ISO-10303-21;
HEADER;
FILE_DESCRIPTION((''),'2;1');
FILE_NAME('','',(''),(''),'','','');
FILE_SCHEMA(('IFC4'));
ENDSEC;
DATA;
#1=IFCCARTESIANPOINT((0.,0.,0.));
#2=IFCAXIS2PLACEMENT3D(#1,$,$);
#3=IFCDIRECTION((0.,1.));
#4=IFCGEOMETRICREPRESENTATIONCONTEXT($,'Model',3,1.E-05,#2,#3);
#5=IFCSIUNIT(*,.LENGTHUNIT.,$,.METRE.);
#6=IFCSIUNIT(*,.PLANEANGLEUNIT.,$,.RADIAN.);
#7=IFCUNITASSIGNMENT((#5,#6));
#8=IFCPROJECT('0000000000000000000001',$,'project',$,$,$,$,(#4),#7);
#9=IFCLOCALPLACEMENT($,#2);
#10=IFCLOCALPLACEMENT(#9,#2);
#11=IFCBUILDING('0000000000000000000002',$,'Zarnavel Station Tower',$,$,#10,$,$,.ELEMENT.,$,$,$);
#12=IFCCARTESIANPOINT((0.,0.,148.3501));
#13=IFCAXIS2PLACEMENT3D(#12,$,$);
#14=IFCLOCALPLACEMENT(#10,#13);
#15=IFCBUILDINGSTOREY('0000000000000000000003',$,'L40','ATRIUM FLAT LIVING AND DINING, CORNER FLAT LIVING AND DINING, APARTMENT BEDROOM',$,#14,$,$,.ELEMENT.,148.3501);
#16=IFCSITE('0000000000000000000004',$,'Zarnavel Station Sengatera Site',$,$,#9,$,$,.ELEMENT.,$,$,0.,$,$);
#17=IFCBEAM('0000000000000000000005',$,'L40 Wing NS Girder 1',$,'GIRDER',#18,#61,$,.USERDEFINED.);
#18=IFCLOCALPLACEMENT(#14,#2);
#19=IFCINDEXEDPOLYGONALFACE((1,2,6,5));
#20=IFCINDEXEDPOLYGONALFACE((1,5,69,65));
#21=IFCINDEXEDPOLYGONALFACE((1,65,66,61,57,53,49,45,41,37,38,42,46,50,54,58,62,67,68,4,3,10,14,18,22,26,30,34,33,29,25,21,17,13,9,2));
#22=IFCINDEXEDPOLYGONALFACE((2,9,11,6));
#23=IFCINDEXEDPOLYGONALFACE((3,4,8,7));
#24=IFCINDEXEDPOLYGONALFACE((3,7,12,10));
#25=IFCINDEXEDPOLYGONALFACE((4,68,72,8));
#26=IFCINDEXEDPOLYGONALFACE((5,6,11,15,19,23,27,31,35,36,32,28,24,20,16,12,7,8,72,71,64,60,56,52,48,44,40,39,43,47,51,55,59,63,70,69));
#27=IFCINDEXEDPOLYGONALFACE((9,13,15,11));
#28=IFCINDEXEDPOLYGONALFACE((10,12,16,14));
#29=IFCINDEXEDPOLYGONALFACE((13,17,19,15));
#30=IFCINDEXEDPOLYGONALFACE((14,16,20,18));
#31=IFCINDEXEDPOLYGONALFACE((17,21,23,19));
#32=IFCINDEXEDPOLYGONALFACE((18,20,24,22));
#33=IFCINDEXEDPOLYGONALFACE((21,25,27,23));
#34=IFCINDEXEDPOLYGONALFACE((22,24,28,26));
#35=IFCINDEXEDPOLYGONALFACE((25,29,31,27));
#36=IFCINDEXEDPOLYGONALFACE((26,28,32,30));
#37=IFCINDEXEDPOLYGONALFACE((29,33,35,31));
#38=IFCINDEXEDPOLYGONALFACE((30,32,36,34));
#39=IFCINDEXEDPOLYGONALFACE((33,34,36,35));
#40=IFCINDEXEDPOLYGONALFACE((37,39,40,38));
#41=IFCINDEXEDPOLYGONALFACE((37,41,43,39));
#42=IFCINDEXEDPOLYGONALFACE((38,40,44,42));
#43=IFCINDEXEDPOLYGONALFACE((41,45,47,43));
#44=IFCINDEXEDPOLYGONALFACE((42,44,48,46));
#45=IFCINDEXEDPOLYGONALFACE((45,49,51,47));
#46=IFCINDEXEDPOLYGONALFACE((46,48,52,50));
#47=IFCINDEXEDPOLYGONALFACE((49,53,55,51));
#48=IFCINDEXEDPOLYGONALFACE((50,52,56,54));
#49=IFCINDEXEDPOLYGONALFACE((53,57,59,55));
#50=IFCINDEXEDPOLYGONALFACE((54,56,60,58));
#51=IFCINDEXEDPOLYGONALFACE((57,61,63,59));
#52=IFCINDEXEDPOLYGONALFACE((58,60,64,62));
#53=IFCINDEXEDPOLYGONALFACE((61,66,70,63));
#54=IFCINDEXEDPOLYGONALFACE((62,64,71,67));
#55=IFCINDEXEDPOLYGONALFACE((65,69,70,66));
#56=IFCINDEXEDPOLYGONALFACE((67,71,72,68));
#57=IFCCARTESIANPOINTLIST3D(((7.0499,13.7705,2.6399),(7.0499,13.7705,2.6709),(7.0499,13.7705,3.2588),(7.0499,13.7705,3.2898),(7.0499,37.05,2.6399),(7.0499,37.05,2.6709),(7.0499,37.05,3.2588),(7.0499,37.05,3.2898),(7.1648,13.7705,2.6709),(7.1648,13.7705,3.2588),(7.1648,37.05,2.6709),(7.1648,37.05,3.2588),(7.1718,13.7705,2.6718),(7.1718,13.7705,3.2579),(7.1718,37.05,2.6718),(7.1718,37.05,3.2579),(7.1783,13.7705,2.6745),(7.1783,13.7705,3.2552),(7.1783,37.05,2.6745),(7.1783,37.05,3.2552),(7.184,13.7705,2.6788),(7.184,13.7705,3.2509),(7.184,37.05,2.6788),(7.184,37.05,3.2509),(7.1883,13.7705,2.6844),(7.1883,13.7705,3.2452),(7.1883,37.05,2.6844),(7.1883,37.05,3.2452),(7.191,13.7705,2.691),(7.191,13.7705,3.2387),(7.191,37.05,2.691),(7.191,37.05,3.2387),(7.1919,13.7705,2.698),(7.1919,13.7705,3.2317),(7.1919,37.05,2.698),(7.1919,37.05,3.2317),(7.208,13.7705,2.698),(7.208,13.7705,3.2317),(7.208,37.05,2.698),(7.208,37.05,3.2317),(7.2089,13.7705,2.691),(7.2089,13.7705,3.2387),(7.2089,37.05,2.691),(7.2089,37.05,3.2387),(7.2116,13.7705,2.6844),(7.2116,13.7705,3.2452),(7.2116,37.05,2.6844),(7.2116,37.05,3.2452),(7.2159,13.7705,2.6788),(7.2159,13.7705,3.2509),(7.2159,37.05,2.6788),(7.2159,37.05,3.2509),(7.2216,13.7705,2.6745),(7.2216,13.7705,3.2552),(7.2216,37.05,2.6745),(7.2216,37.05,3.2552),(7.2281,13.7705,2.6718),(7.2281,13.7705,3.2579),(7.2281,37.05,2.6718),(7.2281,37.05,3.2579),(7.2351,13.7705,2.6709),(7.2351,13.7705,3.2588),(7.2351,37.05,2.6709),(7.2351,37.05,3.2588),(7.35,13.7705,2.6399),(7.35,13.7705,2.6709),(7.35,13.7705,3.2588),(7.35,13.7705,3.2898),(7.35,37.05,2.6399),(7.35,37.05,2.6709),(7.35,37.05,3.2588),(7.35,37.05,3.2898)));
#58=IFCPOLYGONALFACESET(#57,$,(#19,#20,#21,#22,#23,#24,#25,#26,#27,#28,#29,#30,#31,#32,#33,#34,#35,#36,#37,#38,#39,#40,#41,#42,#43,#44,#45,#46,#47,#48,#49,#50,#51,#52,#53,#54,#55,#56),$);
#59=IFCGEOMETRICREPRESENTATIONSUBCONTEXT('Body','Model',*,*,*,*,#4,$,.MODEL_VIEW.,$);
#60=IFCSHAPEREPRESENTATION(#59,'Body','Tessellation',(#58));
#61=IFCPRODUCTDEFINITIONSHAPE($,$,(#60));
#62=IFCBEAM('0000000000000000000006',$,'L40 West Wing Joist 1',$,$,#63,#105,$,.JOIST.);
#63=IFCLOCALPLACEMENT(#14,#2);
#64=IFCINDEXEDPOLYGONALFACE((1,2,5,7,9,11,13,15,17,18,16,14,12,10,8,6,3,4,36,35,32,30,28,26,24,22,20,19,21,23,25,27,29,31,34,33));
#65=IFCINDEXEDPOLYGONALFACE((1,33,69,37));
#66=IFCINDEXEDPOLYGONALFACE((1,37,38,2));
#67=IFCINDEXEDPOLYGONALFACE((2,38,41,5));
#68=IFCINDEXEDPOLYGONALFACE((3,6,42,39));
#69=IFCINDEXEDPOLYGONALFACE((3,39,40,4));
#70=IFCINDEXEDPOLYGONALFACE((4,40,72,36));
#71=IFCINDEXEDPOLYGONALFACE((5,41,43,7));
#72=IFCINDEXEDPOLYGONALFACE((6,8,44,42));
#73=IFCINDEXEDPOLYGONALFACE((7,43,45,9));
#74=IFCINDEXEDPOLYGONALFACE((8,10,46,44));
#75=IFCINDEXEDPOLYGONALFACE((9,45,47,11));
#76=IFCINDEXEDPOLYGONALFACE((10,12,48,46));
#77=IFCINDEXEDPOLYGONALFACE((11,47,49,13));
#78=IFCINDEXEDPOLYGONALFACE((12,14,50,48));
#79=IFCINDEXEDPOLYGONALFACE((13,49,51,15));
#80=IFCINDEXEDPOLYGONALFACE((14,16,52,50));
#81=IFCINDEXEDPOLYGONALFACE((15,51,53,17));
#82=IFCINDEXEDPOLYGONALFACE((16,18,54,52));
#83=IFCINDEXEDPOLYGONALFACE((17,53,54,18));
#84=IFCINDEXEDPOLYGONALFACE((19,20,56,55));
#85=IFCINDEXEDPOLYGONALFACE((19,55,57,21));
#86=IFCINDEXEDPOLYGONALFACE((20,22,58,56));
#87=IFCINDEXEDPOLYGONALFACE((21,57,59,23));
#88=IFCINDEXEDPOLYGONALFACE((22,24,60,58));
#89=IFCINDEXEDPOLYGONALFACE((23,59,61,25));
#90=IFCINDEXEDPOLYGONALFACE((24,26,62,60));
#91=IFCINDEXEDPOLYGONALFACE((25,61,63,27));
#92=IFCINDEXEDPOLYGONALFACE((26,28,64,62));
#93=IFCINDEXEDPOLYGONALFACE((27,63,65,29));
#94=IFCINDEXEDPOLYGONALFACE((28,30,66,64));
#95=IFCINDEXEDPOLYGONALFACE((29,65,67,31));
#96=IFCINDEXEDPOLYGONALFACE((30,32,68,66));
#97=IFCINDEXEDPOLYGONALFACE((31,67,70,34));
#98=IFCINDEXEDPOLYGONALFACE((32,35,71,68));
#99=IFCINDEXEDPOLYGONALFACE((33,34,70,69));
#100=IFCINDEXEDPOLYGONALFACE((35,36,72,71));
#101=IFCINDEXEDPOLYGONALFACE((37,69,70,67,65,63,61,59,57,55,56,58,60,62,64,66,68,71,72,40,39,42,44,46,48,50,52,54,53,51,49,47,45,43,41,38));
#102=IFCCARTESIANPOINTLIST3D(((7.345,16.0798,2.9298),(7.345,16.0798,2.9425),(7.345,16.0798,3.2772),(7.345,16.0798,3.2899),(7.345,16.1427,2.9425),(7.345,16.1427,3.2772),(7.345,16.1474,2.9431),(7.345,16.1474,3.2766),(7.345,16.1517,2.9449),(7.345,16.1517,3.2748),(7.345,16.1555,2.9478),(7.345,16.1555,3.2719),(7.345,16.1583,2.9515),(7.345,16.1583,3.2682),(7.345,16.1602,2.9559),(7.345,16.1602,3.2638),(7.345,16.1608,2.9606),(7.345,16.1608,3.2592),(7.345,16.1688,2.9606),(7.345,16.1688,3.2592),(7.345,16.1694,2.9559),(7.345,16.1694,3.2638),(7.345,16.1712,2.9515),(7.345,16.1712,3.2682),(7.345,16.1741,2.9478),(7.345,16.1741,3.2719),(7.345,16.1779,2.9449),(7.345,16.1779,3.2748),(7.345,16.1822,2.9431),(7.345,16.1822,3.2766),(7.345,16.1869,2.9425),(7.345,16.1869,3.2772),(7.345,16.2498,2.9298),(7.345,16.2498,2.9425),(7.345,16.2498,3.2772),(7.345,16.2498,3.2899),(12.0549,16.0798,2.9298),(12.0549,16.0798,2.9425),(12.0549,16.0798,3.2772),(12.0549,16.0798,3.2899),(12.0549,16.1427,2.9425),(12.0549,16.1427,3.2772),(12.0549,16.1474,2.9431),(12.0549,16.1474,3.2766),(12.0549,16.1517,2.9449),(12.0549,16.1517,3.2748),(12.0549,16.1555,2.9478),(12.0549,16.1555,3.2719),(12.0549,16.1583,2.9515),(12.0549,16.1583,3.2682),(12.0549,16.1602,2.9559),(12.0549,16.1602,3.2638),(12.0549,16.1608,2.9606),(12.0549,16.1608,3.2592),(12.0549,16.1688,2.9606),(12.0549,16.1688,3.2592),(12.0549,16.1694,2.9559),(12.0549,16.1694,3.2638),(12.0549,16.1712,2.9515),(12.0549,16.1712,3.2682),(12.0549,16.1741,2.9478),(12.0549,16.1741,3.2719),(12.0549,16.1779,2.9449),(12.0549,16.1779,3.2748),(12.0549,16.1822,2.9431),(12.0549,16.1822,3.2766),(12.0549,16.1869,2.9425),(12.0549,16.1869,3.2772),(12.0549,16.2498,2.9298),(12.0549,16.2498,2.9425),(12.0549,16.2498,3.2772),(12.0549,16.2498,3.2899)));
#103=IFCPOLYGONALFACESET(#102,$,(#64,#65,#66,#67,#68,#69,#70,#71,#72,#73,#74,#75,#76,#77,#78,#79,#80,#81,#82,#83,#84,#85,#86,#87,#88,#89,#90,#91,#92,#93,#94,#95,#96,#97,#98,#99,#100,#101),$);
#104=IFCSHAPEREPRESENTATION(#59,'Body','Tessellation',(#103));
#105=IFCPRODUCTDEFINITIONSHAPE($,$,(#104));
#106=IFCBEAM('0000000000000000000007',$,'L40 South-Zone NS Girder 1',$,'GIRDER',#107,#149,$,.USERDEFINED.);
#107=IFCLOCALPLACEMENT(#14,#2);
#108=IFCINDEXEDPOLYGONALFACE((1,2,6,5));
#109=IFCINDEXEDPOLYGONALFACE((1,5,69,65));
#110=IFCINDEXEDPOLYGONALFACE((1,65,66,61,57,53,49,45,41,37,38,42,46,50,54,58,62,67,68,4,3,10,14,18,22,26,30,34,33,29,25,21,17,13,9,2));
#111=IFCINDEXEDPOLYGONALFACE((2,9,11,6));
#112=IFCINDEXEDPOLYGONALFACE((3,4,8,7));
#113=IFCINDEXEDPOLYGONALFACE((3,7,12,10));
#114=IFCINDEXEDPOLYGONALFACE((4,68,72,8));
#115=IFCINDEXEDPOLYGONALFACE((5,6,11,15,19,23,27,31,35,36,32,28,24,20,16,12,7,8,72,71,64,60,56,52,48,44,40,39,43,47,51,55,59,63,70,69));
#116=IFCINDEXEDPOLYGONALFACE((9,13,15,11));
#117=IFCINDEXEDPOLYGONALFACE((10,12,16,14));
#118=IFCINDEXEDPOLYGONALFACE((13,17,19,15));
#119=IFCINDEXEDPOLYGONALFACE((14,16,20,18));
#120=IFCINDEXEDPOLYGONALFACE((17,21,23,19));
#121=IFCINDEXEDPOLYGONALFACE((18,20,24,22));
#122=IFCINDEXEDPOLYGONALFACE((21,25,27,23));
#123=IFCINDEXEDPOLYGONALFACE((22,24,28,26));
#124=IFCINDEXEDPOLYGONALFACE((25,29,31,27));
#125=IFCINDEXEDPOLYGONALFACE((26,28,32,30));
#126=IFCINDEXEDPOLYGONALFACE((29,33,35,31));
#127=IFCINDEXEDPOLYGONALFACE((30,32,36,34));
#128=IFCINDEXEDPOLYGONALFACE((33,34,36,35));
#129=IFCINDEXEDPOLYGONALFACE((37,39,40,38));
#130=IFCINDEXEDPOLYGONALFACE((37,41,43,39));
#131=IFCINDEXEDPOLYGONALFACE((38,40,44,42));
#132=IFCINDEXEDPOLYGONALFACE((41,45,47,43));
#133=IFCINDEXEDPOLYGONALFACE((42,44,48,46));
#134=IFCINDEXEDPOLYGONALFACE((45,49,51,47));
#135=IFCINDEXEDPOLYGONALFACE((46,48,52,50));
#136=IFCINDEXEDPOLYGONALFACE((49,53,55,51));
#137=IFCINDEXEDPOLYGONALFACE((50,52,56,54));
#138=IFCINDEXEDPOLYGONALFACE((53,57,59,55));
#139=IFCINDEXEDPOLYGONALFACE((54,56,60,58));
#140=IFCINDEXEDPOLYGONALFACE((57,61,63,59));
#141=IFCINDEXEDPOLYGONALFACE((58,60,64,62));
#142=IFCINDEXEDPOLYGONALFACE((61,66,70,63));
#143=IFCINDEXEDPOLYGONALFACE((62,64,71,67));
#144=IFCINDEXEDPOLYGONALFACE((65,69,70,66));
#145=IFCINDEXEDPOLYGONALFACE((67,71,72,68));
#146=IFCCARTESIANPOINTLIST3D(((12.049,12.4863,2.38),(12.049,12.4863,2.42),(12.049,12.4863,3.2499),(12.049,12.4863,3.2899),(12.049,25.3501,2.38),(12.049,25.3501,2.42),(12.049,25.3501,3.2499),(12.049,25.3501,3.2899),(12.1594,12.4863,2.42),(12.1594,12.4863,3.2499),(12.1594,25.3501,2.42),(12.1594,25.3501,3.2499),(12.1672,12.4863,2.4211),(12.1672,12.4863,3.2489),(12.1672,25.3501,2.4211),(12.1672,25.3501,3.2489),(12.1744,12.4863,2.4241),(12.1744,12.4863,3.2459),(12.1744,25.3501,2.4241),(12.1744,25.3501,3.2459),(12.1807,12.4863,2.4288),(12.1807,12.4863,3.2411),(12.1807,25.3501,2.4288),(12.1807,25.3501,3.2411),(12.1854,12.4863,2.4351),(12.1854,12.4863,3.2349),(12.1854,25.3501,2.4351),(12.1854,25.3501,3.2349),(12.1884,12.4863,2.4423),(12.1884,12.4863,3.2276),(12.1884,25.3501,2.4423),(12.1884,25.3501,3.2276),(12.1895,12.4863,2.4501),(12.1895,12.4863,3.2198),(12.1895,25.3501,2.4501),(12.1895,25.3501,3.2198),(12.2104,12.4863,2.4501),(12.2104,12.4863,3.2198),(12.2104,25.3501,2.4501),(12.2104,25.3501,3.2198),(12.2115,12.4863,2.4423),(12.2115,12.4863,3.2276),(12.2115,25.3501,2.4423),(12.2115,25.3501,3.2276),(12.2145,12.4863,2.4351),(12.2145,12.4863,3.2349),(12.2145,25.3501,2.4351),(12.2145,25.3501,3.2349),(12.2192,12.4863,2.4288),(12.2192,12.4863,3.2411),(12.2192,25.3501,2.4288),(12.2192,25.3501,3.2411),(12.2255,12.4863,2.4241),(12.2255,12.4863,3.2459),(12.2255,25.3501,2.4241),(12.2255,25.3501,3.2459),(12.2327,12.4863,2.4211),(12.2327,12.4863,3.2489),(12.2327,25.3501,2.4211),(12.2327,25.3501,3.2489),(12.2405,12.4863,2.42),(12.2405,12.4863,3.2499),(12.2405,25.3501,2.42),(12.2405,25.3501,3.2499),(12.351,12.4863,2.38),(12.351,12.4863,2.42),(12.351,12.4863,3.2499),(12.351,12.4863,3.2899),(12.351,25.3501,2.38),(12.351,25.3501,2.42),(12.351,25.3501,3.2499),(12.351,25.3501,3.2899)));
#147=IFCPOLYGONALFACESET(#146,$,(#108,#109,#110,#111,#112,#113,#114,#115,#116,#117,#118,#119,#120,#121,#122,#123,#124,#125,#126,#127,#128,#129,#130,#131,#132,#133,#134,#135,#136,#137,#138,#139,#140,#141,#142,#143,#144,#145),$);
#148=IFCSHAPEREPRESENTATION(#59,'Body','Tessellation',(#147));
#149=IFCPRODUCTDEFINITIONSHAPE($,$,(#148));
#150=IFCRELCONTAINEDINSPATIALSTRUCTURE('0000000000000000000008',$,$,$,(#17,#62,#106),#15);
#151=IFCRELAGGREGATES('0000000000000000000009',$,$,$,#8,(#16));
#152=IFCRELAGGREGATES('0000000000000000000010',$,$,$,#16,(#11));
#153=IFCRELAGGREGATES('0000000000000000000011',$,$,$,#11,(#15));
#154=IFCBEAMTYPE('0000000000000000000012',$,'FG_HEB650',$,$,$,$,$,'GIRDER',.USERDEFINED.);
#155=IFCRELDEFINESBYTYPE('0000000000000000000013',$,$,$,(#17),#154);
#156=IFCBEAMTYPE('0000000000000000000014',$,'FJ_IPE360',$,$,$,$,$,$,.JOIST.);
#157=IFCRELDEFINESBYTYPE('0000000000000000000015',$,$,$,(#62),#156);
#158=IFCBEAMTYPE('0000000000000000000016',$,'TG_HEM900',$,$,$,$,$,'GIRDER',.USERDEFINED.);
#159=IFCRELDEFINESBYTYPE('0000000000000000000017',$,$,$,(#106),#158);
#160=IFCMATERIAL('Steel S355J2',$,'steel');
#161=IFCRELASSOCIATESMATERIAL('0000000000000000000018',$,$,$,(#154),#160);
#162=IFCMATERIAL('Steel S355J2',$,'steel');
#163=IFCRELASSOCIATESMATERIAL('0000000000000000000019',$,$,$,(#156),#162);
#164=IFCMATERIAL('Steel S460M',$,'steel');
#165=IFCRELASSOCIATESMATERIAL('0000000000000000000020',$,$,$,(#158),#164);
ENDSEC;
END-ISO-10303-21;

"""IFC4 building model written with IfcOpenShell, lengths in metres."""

from ifc_helpers import new_model, si_unit, direction, frame, origin, origin_2d, place, context, subcontext, project, spatial, i_section, extrude, material, material_profile, profile_set, type_object, element, save


model = new_model("IFC4")

# Units and contexts
model_context = context("Model", 3, precision=1e-05, world=origin(), true_north=direction((0.0, 1.0)))
body_context = subcontext(model_context, "Body", "Model", "MODEL_VIEW")
ifc_project = project(units=[si_unit("LENGTHUNIT", "METRE"), si_unit("PLANEANGLEUNIT", "RADIAN")], contexts=[model_context])

# Site, building, storey
site_placement = place(None, origin())
site = spatial("IfcSite", under=ifc_project, at=site_placement, Name="Zarnavel Station Sengatera Site", CompositionType="ELEMENT", RefElevation=0.0)
building_placement = place(site_placement, origin())
building = spatial("IfcBuilding", under=site, at=building_placement, Name="Zarnavel Station Tower", CompositionType="ELEMENT")
storey_placement = place(building_placement, frame((0.0, 0.0, 148.3501)))
storey = spatial("IfcBuildingStorey", under=building, at=storey_placement, Name="L40", Description="ATRIUM FLAT LIVING AND DINING, CORNER FLAT LIVING AND DINING, APARTMENT BEDROOM", CompositionType="ELEMENT", Elevation=148.3501)

# Beams
ifc_material_1 = material(Name="Steel S355J2", Category="steel")
ifc_material_profile_1 = material_profile(ifc_material_1, i_section(OverallWidth=0.3, OverallDepth=0.6499, WebThickness=0.0161, FlangeThickness=0.031, FilletRadius=0.0271, at=origin_2d()), Name="HEB650")
ifc_profile_set_1 = profile_set([ifc_material_profile_1], Name="Steel S355J2")
beam_type_1 = type_object("IfcBeamType", Name="FG_HEB650", ElementType="GIRDER", PredefinedType="USERDEFINED", material=ifc_profile_set_1)
beam_1_placement = place(storey_placement, frame((7.2, 13.7705, 2.9648), z_axis=(0.0, 1.0, 0.0), x_axis=(-1.0, 0.0, 0.0)))
element("IfcBeam", 1, at=beam_1_placement, inside=storey, type_object=beam_type_1, Name="L40 Wing NS Girder 1", ObjectType="GIRDER", PredefinedType="USERDEFINED", context=body_context, shape_type="SweptSolid", body=[
    extrude(i_section(OverallWidth=0.3, OverallDepth=0.6499, WebThickness=0.0161, FlangeThickness=0.031, FilletRadius=0.0271, at=origin_2d()), origin(), (0.0, 0.0, 1.0), 23.2795),
])
ifc_material_2 = material(Name="Steel S355J2", Category="steel")
ifc_material_profile_2 = material_profile(ifc_material_2, i_section(OverallWidth=0.1699, OverallDepth=0.3601, WebThickness=0.0081, FlangeThickness=0.0127, FilletRadius=0.0181, at=origin_2d()), Name="IPE360")
ifc_profile_set_2 = profile_set([ifc_material_profile_2], Name="Steel S355J2")
beam_type_2 = type_object("IfcBeamType", Name="FJ_IPE360", PredefinedType="JOIST", material=ifc_profile_set_2)
beam_2_placement = place(storey_placement, frame((7.345, 16.1648, 3.1099), z_axis=(1.0, 0.0, 0.0), x_axis=(0.0, 1.0, 0.0)))
element("IfcBeam", 2, at=beam_2_placement, inside=storey, type_object=beam_type_2, Name="L40 West Wing Joist 1", PredefinedType="JOIST", context=body_context, shape_type="SweptSolid", body=[
    extrude(i_section(OverallWidth=0.1699, OverallDepth=0.3601, WebThickness=0.0081, FlangeThickness=0.0127, FilletRadius=0.0181, at=origin_2d()), origin(), (0.0, 0.0, 1.0), 4.71),
])
ifc_material_3 = material(Name="Steel S460M", Category="steel")
ifc_material_profile_3 = material_profile(ifc_material_3, i_section(OverallWidth=0.302, OverallDepth=0.9099, WebThickness=0.021, FlangeThickness=0.04, FilletRadius=0.03, at=origin_2d()), Name="HEM900")
ifc_profile_set_3 = profile_set([ifc_material_profile_3], Name="Steel S460M")
beam_type_3 = type_object("IfcBeamType", Name="TG_HEM900", ElementType="GIRDER", PredefinedType="USERDEFINED", material=ifc_profile_set_3)
beam_3_placement = place(storey_placement, frame((12.2, 12.4863, 2.835), z_axis=(0.0, 1.0, 0.0), x_axis=(-1.0, 0.0, 0.0)))
element("IfcBeam", 3, at=beam_3_placement, inside=storey, type_object=beam_type_3, Name="L40 South-Zone NS Girder 1", ObjectType="GIRDER", PredefinedType="USERDEFINED", context=body_context, shape_type="SweptSolid", body=[
    extrude(i_section(OverallWidth=0.302, OverallDepth=0.9099, WebThickness=0.021, FlangeThickness=0.04, FilletRadius=0.03, at=origin_2d()), origin(), (0.0, 0.0, 1.0), 12.8638),
])

save(model, "model.ifc")
